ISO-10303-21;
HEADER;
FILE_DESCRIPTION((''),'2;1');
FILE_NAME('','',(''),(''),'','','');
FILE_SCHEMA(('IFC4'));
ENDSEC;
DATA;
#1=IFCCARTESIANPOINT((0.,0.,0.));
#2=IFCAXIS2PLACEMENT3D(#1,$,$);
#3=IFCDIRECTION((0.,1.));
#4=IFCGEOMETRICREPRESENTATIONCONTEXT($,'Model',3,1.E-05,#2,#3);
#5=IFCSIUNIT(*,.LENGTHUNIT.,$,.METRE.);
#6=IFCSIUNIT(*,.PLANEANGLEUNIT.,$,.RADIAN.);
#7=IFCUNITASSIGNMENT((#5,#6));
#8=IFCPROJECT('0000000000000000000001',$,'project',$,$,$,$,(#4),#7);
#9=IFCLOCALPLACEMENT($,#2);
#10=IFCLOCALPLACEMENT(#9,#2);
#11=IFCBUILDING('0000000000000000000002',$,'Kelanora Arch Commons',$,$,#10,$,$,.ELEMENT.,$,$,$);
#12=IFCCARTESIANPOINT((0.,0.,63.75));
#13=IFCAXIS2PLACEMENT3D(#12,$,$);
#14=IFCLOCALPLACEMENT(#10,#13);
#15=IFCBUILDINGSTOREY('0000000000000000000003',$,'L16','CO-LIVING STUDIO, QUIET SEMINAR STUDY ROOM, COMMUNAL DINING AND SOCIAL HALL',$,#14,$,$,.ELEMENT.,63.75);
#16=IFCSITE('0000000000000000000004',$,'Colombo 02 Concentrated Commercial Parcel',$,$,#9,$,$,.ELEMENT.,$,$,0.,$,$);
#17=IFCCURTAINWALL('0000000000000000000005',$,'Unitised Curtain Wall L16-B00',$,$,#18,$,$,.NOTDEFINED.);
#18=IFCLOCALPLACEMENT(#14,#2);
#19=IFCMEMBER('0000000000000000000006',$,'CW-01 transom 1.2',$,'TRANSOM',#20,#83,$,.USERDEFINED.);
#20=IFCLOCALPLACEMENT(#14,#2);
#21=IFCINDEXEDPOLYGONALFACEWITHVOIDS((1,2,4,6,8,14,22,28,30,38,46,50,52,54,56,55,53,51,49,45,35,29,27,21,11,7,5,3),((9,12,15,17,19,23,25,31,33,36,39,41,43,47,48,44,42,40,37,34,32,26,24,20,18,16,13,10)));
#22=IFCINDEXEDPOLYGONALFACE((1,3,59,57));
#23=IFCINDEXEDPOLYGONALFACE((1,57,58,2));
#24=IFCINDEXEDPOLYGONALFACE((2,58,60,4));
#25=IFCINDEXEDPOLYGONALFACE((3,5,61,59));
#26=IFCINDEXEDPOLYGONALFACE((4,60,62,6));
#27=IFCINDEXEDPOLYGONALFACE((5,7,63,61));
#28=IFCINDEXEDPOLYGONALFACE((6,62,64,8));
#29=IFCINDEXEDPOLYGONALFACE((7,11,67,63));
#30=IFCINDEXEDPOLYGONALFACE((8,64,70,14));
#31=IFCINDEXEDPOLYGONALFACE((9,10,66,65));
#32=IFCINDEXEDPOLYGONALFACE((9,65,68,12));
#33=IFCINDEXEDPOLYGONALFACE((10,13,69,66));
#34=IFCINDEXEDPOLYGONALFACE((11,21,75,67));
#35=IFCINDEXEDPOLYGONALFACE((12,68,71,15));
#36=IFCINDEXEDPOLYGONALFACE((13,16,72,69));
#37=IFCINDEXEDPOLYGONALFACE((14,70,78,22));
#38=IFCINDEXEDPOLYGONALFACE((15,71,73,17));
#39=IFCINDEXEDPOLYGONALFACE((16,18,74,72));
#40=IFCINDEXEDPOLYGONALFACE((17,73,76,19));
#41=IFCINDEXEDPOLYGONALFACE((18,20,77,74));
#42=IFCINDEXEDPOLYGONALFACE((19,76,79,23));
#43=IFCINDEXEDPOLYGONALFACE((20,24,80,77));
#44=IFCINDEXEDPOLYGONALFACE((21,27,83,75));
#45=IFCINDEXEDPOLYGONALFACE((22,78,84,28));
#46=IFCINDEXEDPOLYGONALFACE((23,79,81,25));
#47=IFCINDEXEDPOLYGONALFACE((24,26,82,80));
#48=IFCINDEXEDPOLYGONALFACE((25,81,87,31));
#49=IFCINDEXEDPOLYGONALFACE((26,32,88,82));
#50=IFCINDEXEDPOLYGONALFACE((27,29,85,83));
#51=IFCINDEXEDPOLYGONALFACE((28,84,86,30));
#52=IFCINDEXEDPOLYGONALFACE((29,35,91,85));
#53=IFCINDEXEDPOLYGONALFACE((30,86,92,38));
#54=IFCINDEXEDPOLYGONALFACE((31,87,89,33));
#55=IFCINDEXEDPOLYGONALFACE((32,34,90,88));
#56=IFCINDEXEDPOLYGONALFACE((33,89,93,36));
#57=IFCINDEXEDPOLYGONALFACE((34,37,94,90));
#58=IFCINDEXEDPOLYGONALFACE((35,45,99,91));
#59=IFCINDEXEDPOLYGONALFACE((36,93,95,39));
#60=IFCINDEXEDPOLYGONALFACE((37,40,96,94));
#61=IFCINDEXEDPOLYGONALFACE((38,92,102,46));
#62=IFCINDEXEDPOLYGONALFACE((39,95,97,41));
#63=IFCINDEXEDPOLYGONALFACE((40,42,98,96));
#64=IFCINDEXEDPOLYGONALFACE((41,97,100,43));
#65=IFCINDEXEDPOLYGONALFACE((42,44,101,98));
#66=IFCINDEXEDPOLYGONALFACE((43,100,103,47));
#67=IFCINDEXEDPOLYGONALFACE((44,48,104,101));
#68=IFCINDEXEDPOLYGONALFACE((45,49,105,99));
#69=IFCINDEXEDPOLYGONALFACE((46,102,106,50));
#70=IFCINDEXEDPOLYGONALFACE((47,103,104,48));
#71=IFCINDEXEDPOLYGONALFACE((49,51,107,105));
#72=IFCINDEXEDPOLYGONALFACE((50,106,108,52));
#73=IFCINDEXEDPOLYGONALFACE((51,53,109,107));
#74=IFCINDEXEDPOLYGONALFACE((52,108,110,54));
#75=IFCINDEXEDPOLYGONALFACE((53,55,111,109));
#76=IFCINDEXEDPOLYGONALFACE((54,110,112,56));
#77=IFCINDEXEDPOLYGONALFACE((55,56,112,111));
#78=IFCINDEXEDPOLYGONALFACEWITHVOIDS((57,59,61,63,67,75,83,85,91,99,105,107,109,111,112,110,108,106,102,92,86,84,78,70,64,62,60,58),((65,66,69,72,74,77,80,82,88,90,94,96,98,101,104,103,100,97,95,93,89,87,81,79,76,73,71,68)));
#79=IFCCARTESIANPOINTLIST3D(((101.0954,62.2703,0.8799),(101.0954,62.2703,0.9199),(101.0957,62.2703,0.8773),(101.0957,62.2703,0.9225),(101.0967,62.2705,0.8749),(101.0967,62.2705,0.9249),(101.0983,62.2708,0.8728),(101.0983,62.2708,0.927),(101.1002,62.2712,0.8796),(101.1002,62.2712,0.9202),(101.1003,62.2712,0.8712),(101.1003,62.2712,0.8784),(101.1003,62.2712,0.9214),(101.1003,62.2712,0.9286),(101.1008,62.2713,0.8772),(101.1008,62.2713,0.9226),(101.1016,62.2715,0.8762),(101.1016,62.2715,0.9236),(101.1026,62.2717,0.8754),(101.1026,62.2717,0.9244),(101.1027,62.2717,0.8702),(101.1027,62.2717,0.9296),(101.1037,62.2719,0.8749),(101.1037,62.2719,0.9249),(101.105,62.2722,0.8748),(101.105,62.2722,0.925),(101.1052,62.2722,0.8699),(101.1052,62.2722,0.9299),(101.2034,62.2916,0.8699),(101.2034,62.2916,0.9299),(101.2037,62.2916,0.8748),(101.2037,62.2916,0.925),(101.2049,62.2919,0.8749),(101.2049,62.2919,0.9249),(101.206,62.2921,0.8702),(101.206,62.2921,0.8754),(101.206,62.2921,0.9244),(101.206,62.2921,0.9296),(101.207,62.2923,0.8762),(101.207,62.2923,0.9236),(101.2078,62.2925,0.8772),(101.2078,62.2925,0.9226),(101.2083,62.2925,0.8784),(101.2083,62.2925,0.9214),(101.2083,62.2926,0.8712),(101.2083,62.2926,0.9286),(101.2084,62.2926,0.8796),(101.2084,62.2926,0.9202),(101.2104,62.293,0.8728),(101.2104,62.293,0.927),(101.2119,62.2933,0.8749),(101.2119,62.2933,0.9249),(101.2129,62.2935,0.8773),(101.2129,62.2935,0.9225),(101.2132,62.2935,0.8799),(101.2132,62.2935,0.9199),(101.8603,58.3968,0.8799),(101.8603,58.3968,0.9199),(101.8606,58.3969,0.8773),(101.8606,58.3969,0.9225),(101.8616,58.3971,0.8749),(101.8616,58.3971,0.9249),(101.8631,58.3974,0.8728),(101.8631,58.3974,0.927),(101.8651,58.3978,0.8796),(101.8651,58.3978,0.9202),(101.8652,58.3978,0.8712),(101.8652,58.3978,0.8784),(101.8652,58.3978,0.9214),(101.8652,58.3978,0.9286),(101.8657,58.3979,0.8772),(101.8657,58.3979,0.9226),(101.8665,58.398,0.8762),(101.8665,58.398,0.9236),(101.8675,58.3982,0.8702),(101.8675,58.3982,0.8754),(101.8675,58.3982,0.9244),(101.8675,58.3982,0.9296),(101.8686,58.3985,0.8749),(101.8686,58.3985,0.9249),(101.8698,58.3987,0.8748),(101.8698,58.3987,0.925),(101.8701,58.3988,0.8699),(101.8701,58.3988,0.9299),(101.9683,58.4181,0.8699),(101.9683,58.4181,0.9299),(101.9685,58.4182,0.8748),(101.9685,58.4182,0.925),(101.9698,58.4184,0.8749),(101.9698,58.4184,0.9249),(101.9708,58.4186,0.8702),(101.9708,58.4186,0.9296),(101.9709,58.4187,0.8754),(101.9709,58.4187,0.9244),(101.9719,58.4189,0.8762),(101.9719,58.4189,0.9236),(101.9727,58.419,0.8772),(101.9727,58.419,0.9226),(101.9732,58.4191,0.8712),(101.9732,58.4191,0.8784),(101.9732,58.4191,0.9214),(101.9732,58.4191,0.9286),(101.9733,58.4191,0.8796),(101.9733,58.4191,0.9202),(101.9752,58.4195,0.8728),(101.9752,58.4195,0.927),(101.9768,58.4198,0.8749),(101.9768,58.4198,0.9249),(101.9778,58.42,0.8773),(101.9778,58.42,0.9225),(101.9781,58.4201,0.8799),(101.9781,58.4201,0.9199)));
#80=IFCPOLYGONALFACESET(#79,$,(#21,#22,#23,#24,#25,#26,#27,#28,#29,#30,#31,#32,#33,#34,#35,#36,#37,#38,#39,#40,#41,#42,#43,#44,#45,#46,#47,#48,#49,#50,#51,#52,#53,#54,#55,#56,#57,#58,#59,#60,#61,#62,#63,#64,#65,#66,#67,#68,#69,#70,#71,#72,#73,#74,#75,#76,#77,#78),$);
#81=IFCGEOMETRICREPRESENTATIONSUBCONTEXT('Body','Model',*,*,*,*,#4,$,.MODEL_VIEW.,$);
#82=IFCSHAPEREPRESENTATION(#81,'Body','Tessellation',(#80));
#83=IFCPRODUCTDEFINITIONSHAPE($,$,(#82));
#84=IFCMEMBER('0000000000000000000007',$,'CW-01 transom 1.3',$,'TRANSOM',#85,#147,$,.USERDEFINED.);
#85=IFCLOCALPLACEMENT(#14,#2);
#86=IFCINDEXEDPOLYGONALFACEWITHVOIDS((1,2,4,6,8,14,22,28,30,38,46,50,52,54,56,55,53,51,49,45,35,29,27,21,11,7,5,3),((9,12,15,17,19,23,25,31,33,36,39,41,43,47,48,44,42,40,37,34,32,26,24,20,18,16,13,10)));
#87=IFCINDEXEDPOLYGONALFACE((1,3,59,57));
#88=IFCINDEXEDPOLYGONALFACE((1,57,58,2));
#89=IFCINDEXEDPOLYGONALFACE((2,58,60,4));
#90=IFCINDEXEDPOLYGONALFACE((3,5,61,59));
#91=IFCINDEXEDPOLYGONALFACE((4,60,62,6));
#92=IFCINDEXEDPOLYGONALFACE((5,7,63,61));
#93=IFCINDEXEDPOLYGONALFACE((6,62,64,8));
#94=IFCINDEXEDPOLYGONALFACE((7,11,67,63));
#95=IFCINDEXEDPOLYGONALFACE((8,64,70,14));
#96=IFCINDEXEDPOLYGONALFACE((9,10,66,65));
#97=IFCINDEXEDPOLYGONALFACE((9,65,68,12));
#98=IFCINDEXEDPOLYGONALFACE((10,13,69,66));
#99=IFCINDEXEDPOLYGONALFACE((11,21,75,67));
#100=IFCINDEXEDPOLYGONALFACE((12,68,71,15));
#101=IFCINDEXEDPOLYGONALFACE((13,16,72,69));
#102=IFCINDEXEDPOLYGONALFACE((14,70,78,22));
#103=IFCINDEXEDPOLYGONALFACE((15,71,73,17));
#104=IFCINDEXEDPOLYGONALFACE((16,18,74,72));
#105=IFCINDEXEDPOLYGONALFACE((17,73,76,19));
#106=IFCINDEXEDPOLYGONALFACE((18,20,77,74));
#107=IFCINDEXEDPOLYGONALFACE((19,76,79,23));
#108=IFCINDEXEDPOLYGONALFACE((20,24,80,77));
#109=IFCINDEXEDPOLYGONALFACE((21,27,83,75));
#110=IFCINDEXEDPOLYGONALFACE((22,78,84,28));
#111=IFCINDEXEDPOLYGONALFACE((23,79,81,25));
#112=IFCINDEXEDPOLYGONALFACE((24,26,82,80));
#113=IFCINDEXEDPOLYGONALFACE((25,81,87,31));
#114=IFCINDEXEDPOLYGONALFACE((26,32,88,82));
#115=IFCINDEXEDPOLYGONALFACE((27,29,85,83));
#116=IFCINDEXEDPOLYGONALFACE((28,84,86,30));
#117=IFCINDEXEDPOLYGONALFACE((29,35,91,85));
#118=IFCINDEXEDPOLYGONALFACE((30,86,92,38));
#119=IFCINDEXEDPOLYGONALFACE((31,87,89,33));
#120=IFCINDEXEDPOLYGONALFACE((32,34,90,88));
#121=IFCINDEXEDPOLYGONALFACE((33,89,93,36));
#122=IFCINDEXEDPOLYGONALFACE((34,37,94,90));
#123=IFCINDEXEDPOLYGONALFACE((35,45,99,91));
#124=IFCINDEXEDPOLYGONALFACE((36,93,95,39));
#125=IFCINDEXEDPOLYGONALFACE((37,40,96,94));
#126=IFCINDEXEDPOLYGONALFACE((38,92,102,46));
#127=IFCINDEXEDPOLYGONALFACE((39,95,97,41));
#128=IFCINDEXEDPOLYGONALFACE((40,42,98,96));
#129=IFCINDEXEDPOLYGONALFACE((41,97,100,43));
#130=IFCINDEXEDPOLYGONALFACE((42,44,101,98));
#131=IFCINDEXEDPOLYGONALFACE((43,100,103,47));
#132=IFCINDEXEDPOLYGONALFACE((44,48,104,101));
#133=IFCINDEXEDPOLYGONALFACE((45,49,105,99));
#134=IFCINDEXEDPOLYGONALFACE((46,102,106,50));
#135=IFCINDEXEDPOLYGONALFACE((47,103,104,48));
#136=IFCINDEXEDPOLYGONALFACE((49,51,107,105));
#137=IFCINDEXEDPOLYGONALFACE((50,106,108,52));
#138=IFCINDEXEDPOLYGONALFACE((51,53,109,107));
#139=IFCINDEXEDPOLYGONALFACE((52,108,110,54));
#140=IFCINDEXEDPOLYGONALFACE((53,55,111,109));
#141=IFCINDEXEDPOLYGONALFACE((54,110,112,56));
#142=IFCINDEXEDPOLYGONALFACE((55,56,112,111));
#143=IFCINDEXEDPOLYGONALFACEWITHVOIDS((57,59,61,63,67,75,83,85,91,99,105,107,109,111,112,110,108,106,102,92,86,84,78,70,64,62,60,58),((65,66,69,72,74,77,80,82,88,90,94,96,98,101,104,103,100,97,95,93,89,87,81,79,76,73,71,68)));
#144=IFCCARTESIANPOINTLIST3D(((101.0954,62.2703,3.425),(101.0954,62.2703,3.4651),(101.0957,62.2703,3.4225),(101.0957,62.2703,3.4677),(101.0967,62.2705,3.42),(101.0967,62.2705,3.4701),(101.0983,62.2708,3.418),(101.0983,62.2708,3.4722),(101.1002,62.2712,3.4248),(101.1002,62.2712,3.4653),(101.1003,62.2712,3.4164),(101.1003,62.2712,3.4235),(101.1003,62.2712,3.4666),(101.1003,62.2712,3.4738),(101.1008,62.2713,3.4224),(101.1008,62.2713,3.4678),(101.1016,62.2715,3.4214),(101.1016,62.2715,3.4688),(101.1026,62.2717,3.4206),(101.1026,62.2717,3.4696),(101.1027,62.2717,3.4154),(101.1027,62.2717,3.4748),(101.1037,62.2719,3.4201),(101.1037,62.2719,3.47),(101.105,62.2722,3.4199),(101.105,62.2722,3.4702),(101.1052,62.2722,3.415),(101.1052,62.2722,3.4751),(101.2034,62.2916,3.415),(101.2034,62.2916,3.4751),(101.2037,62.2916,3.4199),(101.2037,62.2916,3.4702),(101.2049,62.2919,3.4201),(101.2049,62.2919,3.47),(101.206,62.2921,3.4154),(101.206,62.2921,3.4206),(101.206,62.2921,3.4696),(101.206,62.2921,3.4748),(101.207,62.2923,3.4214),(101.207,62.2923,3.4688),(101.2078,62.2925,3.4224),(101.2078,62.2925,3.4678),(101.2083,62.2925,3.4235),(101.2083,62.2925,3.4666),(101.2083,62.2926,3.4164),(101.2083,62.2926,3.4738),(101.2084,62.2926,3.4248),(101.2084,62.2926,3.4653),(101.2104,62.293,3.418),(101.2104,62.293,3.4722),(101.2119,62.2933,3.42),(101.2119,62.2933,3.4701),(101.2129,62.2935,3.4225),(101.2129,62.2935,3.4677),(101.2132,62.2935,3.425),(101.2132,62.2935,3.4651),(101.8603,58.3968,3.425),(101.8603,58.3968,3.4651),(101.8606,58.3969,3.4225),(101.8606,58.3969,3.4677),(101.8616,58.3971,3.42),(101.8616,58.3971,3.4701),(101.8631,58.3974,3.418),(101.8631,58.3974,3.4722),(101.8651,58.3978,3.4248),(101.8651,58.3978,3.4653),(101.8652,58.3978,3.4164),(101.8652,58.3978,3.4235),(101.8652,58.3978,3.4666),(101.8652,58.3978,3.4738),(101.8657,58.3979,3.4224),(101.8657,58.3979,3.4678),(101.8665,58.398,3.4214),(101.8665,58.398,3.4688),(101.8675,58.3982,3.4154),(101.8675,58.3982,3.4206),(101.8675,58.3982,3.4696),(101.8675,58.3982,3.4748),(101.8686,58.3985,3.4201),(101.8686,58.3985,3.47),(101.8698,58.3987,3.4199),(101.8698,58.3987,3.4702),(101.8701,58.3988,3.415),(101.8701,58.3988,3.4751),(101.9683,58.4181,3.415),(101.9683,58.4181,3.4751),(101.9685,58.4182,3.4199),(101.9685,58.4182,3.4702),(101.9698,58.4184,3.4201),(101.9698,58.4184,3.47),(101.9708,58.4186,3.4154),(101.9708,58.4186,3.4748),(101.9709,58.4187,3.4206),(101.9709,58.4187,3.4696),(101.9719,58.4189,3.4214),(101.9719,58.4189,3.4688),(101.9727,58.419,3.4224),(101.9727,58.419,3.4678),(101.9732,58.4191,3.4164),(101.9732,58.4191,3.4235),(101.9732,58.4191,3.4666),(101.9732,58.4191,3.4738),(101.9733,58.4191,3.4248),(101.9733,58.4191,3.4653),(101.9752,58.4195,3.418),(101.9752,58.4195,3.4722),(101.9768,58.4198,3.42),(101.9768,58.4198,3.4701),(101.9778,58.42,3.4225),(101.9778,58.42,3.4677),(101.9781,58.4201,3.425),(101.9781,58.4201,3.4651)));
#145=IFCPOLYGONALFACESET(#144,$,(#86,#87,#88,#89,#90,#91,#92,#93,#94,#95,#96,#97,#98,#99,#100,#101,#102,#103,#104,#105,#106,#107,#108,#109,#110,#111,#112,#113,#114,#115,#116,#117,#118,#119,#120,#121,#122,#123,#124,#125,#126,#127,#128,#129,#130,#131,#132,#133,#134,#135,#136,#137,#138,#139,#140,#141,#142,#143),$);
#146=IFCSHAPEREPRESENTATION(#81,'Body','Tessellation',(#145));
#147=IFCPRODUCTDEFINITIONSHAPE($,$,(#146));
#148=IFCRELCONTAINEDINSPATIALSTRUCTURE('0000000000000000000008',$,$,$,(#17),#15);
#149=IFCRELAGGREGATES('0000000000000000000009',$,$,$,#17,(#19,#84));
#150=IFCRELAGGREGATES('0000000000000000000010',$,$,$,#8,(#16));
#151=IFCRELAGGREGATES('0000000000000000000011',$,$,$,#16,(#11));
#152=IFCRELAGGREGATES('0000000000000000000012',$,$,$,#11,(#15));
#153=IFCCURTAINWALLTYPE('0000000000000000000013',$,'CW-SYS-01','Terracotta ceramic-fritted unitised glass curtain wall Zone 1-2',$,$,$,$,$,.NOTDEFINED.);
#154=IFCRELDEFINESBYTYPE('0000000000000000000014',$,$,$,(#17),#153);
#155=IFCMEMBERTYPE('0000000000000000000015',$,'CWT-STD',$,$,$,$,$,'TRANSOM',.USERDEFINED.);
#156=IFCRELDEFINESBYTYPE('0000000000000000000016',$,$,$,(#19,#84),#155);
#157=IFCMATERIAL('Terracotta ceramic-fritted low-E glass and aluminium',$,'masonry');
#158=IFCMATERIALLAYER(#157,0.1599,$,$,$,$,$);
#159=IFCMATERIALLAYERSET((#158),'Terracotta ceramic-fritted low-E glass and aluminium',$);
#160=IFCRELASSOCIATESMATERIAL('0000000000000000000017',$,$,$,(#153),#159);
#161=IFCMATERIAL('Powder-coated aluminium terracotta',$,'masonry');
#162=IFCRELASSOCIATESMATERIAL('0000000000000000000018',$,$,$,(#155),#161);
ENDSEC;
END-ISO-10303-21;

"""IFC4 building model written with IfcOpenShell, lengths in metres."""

from ifc_helpers import new_model, si_unit, direction, frame, origin, origin_2d, place, context, subcontext, project, spatial, hollow_rectangle, extrude, material, layer, layer_set, material_profile, profile_set, type_object, element, aggregate, save


model = new_model("IFC4")

# Units and contexts
model_context = context("Model", 3, precision=1e-05, world=origin(), true_north=direction((0.0, 1.0)))
body_context = subcontext(model_context, "Body", "Model", "MODEL_VIEW")
ifc_project = project(units=[si_unit("LENGTHUNIT", "METRE"), si_unit("PLANEANGLEUNIT", "RADIAN")], contexts=[model_context])

# Site, building, storey
site_placement = place(None, origin())
site = spatial("IfcSite", under=ifc_project, at=site_placement, Name="Colombo 02 Concentrated Commercial Parcel", CompositionType="ELEMENT", RefElevation=0.0)
building_placement = place(site_placement, origin())
building = spatial("IfcBuilding", under=site, at=building_placement, Name="Kelanora Arch Commons", CompositionType="ELEMENT")
storey_placement = place(building_placement, frame((0.0, 0.0, 63.75)))
storey = spatial("IfcBuildingStorey", under=building, at=storey_placement, Name="L16", Description="CO-LIVING STUDIO, QUIET SEMINAR STUDY ROOM, COMMUNAL DINING AND SOCIAL HALL", CompositionType="ELEMENT", Elevation=63.75)

# Curtain wall, members
ifc_material_1 = material(Name="Terracotta ceramic-fritted low-E glass and aluminium", Category="masonry")
ifc_layer_1 = layer(ifc_material_1, 0.1599)
ifc_layer_set_1 = layer_set([ifc_layer_1], Name="Terracotta ceramic-fritted low-E glass and aluminium")
curtain_wall_type = type_object("IfcCurtainWallType", Name="CW-SYS-01", Description="Terracotta ceramic-fritted unitised glass curtain wall Zone 1-2", PredefinedType="NOTDEFINED", material=ifc_layer_set_1)
curtain_wall_placement = place(storey_placement, origin())
curtain_wall = element("IfcCurtainWall", 1, at=curtain_wall_placement, inside=storey, type_object=curtain_wall_type, Name="Unitised Curtain Wall L16-B00", PredefinedType="NOTDEFINED")
ifc_material_2 = material(Name="Powder-coated aluminium terracotta", Category="masonry")
ifc_material_profile_1 = material_profile(ifc_material_2, hollow_rectangle(XDim=0.1201, YDim=0.0601, WallThickness=0.0049, InnerFilletRadius=0.0049, OuterFilletRadius=0.01, at=origin_2d()), Name="CWT120x60")
ifc_profile_set_1 = profile_set([ifc_material_profile_1], Name="Powder-coated aluminium terracotta")
member_type_1 = type_object("IfcMemberType", Name="CWT-STD", ElementType="TRANSOM", PredefinedType="USERDEFINED", material=ifc_profile_set_1)
member_1_placement = place(storey_placement, frame((101.9192, 58.4084, 0.8999), z_axis=(-0.193725, 0.981056, 0.0), x_axis=(-0.981056, -0.193725, 0.0)))
member_1 = element("IfcMember", 2, at=member_1_placement, type_object=member_type_1, Name="CW-01 transom 1.2", ObjectType="TRANSOM", PredefinedType="USERDEFINED", context=body_context, shape_type="SweptSolid", body=[
    extrude(hollow_rectangle(XDim=0.1201, YDim=0.0601, WallThickness=0.0049, InnerFilletRadius=0.0049, OuterFilletRadius=0.01, at=origin_2d()), origin(), (0.0, 0.0, 1.0), 3.9482),
])
member_2_placement = place(storey_placement, frame((101.9192, 58.4084, 3.4451), z_axis=(-0.193725, 0.981056, 0.0), x_axis=(-0.981056, -0.193725, 0.0)))
member_2 = element("IfcMember", 3, at=member_2_placement, type_object=member_type_1, Name="CW-01 transom 1.3", ObjectType="TRANSOM", PredefinedType="USERDEFINED", context=body_context, shape_type="SweptSolid", body=[
    extrude(hollow_rectangle(XDim=0.1201, YDim=0.0601, WallThickness=0.0049, InnerFilletRadius=0.0049, OuterFilletRadius=0.01, at=origin_2d()), origin(), (0.0, 0.0, 1.0), 3.9482),
])
aggregate(curtain_wall, [member_1, member_2])

save(model, "model.ifc")
